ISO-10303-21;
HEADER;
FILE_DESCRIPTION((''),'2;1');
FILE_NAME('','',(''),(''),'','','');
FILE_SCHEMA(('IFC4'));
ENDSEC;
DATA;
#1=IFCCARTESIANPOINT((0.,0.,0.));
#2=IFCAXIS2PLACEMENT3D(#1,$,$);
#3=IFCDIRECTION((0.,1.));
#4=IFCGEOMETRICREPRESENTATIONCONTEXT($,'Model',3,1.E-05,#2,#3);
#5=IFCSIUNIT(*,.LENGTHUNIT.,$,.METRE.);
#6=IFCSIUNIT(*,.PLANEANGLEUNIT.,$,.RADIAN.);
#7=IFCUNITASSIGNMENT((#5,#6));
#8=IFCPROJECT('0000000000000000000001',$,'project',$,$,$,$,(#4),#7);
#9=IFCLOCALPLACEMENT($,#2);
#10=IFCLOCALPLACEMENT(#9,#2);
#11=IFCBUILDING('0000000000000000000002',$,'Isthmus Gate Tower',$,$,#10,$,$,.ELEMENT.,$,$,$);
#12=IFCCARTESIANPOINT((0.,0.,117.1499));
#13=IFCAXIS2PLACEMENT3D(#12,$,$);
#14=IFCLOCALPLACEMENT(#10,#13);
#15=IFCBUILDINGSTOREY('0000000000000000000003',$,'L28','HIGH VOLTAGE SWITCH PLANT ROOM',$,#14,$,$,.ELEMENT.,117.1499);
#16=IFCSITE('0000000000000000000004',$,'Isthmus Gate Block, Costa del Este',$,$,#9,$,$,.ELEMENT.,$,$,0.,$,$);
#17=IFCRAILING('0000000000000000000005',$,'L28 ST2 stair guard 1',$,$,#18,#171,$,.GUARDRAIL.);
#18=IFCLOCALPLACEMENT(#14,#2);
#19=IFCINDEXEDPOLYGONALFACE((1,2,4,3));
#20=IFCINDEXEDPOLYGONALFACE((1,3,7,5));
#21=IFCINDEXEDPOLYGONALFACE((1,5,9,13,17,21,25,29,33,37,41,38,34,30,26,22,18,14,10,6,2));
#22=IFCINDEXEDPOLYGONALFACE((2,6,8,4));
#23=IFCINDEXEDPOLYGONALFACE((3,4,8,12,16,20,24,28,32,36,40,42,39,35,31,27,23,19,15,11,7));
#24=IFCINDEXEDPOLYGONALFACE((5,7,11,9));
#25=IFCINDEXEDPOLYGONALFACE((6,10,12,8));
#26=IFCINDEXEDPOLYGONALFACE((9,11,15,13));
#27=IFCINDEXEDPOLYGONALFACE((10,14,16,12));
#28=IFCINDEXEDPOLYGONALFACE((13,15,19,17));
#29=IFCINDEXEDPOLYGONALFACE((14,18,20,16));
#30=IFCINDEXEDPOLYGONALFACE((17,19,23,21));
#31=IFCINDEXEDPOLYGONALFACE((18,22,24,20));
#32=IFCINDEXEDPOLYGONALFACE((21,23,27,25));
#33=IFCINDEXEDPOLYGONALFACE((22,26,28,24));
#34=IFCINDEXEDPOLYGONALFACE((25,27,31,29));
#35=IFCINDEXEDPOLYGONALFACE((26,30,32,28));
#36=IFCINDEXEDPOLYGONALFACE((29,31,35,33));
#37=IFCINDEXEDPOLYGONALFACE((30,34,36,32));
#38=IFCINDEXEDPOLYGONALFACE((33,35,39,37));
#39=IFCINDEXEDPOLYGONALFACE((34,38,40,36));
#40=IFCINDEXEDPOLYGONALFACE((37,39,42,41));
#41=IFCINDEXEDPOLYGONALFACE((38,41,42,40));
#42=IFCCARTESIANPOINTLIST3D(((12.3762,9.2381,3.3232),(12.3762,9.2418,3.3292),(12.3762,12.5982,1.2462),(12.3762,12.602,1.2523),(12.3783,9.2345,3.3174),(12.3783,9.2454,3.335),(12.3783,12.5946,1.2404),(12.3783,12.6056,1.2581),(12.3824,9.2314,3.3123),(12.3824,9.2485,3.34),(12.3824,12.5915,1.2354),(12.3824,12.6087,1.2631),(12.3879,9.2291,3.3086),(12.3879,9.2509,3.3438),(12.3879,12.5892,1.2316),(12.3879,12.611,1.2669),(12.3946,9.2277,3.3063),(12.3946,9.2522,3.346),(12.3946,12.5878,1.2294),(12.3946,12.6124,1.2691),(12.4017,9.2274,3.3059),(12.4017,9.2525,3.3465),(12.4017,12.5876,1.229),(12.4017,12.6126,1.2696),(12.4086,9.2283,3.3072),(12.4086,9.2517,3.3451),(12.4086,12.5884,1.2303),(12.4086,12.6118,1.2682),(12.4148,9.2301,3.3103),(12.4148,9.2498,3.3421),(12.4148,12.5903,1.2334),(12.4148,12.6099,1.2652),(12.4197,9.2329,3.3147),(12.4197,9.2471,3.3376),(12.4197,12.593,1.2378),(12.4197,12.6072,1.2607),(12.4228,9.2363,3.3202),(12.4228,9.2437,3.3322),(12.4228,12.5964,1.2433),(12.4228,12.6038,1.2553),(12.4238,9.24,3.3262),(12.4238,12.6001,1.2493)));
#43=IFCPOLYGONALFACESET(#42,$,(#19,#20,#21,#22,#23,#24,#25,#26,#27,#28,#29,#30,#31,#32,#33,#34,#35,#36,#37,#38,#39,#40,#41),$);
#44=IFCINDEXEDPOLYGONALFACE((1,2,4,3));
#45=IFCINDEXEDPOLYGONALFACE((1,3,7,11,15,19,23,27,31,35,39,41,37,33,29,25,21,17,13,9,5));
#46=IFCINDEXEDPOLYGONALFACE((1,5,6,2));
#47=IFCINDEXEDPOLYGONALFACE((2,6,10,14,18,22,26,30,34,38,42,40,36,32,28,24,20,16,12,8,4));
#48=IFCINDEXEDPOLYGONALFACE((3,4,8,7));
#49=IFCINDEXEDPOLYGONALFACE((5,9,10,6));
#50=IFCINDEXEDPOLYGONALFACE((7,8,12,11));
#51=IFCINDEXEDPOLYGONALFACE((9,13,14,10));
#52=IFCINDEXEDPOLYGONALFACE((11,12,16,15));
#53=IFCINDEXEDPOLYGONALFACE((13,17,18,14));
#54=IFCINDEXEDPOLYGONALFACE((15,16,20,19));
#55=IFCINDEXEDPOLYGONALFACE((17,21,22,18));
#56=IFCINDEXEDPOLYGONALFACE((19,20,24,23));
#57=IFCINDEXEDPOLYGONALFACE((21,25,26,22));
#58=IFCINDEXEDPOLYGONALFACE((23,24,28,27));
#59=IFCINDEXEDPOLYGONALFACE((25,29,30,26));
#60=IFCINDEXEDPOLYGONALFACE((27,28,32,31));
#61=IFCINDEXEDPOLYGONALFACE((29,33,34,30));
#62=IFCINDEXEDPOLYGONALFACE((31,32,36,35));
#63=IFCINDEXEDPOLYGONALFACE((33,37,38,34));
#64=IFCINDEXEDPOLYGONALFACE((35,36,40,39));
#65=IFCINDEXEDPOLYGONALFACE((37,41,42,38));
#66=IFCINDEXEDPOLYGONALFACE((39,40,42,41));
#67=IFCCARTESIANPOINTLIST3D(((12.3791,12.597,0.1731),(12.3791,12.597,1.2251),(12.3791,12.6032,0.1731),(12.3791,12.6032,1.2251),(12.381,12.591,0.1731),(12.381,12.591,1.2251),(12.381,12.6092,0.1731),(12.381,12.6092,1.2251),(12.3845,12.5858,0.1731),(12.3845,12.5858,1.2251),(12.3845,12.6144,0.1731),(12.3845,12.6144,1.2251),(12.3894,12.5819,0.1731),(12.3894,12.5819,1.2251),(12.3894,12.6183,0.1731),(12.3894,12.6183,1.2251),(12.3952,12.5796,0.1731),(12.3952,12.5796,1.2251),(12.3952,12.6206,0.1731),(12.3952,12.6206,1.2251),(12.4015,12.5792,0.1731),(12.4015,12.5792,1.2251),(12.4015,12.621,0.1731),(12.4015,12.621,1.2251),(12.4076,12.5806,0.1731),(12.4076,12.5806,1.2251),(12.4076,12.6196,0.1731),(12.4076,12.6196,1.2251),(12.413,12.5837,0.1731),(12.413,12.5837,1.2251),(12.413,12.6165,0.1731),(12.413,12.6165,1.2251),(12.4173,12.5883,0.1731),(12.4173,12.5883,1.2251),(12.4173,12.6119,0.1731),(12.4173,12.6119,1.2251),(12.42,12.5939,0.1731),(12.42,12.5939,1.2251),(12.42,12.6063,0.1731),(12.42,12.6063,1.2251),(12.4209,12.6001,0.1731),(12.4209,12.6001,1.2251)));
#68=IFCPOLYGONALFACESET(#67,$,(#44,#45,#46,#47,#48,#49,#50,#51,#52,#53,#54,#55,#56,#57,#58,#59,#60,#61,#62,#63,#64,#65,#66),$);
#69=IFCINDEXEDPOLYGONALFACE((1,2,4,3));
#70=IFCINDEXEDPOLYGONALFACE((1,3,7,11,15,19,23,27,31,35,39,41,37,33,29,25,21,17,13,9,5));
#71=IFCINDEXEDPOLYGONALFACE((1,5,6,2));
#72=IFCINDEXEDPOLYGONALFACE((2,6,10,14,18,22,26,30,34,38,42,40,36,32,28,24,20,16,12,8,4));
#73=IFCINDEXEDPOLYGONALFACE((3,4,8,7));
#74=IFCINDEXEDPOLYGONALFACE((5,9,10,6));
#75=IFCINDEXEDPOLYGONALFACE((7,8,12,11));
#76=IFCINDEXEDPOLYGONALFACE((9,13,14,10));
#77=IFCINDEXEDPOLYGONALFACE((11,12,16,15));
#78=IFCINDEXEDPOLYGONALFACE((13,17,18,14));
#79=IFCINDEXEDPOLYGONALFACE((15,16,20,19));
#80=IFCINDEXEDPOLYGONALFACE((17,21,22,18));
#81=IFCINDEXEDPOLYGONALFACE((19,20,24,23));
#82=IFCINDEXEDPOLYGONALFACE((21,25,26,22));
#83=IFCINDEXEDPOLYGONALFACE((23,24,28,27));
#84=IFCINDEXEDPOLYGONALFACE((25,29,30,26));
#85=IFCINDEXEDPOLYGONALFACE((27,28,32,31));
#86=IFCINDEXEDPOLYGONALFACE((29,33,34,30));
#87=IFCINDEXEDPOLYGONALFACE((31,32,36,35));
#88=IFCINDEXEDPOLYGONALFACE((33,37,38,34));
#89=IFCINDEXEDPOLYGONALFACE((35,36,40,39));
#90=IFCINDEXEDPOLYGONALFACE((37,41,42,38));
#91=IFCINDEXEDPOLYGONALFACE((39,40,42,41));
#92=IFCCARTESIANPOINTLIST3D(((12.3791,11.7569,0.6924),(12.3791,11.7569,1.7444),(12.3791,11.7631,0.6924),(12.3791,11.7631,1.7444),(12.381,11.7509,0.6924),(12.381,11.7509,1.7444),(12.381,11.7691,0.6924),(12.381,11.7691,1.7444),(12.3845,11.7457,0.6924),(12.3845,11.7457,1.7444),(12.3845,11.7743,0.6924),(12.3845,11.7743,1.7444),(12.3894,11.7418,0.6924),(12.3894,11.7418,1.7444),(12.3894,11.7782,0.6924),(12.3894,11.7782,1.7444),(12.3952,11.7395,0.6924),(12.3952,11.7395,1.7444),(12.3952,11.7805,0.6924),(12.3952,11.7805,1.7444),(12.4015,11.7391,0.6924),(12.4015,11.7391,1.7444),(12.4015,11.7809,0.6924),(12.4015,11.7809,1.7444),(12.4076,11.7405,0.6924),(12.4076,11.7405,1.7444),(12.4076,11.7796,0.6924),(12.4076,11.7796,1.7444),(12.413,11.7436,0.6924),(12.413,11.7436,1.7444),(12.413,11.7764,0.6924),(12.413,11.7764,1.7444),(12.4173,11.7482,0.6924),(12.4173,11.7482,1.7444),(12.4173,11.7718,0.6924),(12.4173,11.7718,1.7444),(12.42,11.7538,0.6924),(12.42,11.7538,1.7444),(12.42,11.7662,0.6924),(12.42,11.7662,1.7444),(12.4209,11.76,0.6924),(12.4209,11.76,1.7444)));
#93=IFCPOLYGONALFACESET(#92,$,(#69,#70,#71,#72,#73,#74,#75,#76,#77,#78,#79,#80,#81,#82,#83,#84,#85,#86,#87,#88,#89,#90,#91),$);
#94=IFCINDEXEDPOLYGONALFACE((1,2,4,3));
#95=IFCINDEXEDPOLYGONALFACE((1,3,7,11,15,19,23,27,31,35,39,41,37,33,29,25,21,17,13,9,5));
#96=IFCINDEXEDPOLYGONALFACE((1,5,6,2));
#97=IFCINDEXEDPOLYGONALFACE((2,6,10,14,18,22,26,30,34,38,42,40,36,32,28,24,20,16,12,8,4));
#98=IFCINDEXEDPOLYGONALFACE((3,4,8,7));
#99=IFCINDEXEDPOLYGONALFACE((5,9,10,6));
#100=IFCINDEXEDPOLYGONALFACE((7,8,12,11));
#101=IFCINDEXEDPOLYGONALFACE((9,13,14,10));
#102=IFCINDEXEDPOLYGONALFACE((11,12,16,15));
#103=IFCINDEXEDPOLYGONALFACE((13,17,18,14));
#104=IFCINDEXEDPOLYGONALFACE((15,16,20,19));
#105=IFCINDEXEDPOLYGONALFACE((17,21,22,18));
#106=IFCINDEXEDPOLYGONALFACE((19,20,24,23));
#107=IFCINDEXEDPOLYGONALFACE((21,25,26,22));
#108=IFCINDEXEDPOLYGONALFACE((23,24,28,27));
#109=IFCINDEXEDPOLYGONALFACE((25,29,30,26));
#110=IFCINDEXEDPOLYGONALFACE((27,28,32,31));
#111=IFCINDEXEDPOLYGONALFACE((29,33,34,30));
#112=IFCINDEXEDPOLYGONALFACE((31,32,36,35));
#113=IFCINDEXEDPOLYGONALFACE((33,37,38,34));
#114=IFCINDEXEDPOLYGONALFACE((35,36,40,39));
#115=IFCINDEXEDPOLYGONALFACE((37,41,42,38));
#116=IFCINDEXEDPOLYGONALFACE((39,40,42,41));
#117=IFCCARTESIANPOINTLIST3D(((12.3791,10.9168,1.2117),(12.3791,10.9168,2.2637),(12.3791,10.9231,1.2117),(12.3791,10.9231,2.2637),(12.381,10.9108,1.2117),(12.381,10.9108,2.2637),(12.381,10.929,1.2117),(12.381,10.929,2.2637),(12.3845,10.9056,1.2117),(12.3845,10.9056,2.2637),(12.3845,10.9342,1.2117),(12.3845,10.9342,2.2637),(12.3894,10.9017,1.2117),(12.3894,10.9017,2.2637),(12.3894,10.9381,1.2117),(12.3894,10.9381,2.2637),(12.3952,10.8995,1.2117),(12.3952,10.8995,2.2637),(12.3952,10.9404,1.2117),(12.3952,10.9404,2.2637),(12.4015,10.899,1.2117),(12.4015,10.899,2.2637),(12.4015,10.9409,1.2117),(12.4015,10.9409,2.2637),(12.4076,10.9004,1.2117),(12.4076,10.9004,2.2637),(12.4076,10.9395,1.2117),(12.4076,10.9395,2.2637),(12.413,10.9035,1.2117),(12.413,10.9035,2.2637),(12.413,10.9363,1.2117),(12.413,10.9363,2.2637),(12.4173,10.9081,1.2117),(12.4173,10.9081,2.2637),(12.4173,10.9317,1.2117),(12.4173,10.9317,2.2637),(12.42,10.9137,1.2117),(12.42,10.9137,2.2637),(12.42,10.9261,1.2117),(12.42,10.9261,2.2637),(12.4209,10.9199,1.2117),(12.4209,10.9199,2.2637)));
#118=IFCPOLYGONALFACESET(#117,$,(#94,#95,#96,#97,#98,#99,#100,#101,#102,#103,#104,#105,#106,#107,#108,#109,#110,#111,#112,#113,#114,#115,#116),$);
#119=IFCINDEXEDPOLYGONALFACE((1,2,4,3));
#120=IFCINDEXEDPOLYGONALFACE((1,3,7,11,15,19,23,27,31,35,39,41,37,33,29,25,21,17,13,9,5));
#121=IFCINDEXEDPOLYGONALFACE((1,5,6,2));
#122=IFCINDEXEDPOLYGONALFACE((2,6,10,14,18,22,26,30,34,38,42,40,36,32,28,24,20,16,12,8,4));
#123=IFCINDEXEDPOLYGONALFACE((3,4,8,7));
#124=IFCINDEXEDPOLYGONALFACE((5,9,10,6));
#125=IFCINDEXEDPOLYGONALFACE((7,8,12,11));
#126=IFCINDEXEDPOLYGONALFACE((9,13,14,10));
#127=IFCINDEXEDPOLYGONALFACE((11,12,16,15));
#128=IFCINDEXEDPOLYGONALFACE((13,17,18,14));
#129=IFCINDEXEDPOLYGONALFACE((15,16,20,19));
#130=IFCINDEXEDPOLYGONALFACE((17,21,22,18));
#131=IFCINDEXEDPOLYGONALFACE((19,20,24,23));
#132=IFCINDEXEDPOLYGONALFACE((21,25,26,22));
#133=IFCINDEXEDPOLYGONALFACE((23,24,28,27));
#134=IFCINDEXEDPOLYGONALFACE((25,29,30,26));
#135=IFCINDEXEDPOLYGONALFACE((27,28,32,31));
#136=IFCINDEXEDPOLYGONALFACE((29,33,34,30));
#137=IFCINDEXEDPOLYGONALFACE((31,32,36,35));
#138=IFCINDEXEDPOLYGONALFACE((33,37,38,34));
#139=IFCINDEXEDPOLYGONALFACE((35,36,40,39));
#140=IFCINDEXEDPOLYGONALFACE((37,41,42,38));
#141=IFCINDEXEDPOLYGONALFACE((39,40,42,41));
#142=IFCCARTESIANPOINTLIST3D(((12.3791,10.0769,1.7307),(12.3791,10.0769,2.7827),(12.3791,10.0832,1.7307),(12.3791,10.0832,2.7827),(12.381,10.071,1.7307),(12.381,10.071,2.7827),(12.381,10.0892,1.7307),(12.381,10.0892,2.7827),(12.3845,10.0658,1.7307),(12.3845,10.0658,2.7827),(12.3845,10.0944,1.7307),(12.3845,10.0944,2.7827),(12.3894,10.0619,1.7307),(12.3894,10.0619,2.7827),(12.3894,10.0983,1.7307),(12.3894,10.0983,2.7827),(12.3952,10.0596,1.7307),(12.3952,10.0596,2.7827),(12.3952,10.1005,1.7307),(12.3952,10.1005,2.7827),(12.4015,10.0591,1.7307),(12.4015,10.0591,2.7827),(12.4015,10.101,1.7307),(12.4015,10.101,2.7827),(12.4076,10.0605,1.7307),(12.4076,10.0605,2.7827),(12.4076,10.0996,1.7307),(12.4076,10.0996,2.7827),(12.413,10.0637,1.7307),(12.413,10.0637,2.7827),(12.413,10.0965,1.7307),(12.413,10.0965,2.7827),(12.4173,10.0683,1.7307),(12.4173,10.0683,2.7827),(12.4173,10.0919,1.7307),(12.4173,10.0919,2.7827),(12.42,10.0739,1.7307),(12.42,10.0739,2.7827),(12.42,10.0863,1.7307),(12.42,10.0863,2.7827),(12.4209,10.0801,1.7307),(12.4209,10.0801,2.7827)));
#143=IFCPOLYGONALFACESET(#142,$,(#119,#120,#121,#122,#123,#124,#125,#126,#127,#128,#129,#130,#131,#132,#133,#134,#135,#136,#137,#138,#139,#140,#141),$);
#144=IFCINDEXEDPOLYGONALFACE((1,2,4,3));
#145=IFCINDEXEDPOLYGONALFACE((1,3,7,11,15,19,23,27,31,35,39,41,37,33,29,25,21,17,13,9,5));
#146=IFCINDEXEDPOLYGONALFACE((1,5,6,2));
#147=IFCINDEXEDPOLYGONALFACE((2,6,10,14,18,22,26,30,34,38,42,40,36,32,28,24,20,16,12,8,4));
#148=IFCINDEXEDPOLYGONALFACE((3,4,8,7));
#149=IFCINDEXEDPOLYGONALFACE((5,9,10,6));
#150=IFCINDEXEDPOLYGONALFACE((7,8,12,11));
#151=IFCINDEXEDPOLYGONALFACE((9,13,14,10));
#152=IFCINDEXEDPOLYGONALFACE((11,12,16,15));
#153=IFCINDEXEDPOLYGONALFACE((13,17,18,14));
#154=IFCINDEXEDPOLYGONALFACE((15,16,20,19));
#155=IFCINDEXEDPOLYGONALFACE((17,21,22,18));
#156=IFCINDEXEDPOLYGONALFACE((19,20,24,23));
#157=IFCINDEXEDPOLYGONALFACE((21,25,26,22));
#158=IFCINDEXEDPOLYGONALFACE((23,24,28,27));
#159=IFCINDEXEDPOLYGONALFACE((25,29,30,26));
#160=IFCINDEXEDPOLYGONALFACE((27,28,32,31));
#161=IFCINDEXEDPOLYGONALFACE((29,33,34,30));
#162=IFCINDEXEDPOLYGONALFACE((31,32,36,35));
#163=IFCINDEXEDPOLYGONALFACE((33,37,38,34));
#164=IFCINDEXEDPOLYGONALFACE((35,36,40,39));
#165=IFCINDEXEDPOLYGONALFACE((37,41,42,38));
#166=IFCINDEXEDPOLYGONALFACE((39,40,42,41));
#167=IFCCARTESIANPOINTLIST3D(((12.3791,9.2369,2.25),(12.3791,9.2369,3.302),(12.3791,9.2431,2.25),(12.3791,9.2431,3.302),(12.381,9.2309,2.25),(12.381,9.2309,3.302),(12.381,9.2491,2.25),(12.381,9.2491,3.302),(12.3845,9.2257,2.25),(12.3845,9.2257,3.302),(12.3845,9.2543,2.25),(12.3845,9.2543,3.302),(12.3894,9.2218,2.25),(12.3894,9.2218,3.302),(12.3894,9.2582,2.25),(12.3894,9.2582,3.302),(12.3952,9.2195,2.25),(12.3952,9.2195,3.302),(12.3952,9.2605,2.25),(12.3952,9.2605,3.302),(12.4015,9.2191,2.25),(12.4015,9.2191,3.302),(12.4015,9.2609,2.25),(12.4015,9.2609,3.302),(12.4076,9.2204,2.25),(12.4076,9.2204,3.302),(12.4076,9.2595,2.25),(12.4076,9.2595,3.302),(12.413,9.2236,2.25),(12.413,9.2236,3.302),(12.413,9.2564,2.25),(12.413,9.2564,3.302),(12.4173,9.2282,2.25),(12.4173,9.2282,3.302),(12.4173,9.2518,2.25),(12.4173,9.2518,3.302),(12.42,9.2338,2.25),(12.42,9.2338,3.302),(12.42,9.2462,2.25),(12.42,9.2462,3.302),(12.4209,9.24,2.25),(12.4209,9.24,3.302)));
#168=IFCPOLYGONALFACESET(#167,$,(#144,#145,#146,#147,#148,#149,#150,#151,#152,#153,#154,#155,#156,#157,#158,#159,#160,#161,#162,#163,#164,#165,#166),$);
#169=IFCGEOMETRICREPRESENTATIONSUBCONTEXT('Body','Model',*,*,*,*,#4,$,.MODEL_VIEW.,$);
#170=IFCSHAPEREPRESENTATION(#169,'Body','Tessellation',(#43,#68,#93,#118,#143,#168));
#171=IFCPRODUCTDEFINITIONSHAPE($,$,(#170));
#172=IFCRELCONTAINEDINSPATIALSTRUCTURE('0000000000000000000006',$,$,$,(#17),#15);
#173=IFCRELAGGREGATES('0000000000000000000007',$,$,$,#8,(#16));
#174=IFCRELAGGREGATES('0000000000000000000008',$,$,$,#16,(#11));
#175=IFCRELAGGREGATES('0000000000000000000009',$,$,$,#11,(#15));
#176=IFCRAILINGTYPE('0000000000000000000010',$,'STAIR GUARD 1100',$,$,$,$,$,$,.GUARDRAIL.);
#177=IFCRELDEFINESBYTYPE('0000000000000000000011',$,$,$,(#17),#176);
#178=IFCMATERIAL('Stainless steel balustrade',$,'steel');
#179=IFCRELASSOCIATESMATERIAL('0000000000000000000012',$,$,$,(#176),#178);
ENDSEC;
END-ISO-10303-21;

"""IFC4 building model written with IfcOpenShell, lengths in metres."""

from ifc_helpers import new_model, si_unit, direction, frame, origin, origin_2d, place, context, subcontext, project, spatial, circle, extrude, material, type_object, element, save


model = new_model("IFC4")

# Units and contexts
model_context = context("Model", 3, precision=1e-05, world=origin(), true_north=direction((0.0, 1.0)))
body_context = subcontext(model_context, "Body", "Model", "MODEL_VIEW")
ifc_project = project(units=[si_unit("LENGTHUNIT", "METRE"), si_unit("PLANEANGLEUNIT", "RADIAN")], contexts=[model_context])

# Site, building, storey
site_placement = place(None, origin())
site = spatial("IfcSite", under=ifc_project, at=site_placement, Name="Isthmus Gate Block, Costa del Este", CompositionType="ELEMENT", RefElevation=0.0)
building_placement = place(site_placement, origin())
building = spatial("IfcBuilding", under=site, at=building_placement, Name="Isthmus Gate Tower", CompositionType="ELEMENT")
storey_placement = place(building_placement, frame((0.0, 0.0, 117.1499)))
storey = spatial("IfcBuildingStorey", under=building, at=storey_placement, Name="L28", Description="HIGH VOLTAGE SWITCH PLANT ROOM", CompositionType="ELEMENT", Elevation=117.1499)

# Railing
ifc_material_1 = material(Name="Stainless steel balustrade", Category="steel")
railing_type_1 = type_object("IfcRailingType", Name="STAIR GUARD 1100", PredefinedType="GUARDRAIL", material=ifc_material_1)
railing_1_placement = place(storey_placement, frame((12.3999, 12.6001, 0.1731)))
element("IfcRailing", 1, at=railing_1_placement, inside=storey, type_object=railing_type_1, Name="L28 ST2 stair guard 1", PredefinedType="GUARDRAIL", context=body_context, shape_type="SweptSolid", body=[
    extrude(circle(Radius=0.0239, at=origin_2d()), frame((0.0, 0.0, 1.0762), z_axis=(0.0, -0.850623, 0.525776), x_axis=(1.0, 0.0, 0.0)), (0.0, 0.0, 1.0), 3.9502),
    extrude(circle(Radius=0.021, at=origin_2d()), origin(), (0.0, 0.0, 1.0), 1.052),
    extrude(circle(Radius=0.021, at=origin_2d()), frame((0.0, -0.8401, 0.5193)), (0.0, 0.0, 1.0), 1.052),
    extrude(circle(Radius=0.021, at=origin_2d()), frame((0.0, -1.6802, 1.0386)), (0.0, 0.0, 1.0), 1.052),
    extrude(circle(Radius=0.021, at=origin_2d()), frame((0.0, -2.52, 1.5576)), (0.0, 0.0, 1.0), 1.052),
    extrude(circle(Radius=0.021, at=origin_2d()), frame((0.0, -3.3601, 2.0769)), (0.0, 0.0, 1.0), 1.052),
])

save(model, "model.ifc")
